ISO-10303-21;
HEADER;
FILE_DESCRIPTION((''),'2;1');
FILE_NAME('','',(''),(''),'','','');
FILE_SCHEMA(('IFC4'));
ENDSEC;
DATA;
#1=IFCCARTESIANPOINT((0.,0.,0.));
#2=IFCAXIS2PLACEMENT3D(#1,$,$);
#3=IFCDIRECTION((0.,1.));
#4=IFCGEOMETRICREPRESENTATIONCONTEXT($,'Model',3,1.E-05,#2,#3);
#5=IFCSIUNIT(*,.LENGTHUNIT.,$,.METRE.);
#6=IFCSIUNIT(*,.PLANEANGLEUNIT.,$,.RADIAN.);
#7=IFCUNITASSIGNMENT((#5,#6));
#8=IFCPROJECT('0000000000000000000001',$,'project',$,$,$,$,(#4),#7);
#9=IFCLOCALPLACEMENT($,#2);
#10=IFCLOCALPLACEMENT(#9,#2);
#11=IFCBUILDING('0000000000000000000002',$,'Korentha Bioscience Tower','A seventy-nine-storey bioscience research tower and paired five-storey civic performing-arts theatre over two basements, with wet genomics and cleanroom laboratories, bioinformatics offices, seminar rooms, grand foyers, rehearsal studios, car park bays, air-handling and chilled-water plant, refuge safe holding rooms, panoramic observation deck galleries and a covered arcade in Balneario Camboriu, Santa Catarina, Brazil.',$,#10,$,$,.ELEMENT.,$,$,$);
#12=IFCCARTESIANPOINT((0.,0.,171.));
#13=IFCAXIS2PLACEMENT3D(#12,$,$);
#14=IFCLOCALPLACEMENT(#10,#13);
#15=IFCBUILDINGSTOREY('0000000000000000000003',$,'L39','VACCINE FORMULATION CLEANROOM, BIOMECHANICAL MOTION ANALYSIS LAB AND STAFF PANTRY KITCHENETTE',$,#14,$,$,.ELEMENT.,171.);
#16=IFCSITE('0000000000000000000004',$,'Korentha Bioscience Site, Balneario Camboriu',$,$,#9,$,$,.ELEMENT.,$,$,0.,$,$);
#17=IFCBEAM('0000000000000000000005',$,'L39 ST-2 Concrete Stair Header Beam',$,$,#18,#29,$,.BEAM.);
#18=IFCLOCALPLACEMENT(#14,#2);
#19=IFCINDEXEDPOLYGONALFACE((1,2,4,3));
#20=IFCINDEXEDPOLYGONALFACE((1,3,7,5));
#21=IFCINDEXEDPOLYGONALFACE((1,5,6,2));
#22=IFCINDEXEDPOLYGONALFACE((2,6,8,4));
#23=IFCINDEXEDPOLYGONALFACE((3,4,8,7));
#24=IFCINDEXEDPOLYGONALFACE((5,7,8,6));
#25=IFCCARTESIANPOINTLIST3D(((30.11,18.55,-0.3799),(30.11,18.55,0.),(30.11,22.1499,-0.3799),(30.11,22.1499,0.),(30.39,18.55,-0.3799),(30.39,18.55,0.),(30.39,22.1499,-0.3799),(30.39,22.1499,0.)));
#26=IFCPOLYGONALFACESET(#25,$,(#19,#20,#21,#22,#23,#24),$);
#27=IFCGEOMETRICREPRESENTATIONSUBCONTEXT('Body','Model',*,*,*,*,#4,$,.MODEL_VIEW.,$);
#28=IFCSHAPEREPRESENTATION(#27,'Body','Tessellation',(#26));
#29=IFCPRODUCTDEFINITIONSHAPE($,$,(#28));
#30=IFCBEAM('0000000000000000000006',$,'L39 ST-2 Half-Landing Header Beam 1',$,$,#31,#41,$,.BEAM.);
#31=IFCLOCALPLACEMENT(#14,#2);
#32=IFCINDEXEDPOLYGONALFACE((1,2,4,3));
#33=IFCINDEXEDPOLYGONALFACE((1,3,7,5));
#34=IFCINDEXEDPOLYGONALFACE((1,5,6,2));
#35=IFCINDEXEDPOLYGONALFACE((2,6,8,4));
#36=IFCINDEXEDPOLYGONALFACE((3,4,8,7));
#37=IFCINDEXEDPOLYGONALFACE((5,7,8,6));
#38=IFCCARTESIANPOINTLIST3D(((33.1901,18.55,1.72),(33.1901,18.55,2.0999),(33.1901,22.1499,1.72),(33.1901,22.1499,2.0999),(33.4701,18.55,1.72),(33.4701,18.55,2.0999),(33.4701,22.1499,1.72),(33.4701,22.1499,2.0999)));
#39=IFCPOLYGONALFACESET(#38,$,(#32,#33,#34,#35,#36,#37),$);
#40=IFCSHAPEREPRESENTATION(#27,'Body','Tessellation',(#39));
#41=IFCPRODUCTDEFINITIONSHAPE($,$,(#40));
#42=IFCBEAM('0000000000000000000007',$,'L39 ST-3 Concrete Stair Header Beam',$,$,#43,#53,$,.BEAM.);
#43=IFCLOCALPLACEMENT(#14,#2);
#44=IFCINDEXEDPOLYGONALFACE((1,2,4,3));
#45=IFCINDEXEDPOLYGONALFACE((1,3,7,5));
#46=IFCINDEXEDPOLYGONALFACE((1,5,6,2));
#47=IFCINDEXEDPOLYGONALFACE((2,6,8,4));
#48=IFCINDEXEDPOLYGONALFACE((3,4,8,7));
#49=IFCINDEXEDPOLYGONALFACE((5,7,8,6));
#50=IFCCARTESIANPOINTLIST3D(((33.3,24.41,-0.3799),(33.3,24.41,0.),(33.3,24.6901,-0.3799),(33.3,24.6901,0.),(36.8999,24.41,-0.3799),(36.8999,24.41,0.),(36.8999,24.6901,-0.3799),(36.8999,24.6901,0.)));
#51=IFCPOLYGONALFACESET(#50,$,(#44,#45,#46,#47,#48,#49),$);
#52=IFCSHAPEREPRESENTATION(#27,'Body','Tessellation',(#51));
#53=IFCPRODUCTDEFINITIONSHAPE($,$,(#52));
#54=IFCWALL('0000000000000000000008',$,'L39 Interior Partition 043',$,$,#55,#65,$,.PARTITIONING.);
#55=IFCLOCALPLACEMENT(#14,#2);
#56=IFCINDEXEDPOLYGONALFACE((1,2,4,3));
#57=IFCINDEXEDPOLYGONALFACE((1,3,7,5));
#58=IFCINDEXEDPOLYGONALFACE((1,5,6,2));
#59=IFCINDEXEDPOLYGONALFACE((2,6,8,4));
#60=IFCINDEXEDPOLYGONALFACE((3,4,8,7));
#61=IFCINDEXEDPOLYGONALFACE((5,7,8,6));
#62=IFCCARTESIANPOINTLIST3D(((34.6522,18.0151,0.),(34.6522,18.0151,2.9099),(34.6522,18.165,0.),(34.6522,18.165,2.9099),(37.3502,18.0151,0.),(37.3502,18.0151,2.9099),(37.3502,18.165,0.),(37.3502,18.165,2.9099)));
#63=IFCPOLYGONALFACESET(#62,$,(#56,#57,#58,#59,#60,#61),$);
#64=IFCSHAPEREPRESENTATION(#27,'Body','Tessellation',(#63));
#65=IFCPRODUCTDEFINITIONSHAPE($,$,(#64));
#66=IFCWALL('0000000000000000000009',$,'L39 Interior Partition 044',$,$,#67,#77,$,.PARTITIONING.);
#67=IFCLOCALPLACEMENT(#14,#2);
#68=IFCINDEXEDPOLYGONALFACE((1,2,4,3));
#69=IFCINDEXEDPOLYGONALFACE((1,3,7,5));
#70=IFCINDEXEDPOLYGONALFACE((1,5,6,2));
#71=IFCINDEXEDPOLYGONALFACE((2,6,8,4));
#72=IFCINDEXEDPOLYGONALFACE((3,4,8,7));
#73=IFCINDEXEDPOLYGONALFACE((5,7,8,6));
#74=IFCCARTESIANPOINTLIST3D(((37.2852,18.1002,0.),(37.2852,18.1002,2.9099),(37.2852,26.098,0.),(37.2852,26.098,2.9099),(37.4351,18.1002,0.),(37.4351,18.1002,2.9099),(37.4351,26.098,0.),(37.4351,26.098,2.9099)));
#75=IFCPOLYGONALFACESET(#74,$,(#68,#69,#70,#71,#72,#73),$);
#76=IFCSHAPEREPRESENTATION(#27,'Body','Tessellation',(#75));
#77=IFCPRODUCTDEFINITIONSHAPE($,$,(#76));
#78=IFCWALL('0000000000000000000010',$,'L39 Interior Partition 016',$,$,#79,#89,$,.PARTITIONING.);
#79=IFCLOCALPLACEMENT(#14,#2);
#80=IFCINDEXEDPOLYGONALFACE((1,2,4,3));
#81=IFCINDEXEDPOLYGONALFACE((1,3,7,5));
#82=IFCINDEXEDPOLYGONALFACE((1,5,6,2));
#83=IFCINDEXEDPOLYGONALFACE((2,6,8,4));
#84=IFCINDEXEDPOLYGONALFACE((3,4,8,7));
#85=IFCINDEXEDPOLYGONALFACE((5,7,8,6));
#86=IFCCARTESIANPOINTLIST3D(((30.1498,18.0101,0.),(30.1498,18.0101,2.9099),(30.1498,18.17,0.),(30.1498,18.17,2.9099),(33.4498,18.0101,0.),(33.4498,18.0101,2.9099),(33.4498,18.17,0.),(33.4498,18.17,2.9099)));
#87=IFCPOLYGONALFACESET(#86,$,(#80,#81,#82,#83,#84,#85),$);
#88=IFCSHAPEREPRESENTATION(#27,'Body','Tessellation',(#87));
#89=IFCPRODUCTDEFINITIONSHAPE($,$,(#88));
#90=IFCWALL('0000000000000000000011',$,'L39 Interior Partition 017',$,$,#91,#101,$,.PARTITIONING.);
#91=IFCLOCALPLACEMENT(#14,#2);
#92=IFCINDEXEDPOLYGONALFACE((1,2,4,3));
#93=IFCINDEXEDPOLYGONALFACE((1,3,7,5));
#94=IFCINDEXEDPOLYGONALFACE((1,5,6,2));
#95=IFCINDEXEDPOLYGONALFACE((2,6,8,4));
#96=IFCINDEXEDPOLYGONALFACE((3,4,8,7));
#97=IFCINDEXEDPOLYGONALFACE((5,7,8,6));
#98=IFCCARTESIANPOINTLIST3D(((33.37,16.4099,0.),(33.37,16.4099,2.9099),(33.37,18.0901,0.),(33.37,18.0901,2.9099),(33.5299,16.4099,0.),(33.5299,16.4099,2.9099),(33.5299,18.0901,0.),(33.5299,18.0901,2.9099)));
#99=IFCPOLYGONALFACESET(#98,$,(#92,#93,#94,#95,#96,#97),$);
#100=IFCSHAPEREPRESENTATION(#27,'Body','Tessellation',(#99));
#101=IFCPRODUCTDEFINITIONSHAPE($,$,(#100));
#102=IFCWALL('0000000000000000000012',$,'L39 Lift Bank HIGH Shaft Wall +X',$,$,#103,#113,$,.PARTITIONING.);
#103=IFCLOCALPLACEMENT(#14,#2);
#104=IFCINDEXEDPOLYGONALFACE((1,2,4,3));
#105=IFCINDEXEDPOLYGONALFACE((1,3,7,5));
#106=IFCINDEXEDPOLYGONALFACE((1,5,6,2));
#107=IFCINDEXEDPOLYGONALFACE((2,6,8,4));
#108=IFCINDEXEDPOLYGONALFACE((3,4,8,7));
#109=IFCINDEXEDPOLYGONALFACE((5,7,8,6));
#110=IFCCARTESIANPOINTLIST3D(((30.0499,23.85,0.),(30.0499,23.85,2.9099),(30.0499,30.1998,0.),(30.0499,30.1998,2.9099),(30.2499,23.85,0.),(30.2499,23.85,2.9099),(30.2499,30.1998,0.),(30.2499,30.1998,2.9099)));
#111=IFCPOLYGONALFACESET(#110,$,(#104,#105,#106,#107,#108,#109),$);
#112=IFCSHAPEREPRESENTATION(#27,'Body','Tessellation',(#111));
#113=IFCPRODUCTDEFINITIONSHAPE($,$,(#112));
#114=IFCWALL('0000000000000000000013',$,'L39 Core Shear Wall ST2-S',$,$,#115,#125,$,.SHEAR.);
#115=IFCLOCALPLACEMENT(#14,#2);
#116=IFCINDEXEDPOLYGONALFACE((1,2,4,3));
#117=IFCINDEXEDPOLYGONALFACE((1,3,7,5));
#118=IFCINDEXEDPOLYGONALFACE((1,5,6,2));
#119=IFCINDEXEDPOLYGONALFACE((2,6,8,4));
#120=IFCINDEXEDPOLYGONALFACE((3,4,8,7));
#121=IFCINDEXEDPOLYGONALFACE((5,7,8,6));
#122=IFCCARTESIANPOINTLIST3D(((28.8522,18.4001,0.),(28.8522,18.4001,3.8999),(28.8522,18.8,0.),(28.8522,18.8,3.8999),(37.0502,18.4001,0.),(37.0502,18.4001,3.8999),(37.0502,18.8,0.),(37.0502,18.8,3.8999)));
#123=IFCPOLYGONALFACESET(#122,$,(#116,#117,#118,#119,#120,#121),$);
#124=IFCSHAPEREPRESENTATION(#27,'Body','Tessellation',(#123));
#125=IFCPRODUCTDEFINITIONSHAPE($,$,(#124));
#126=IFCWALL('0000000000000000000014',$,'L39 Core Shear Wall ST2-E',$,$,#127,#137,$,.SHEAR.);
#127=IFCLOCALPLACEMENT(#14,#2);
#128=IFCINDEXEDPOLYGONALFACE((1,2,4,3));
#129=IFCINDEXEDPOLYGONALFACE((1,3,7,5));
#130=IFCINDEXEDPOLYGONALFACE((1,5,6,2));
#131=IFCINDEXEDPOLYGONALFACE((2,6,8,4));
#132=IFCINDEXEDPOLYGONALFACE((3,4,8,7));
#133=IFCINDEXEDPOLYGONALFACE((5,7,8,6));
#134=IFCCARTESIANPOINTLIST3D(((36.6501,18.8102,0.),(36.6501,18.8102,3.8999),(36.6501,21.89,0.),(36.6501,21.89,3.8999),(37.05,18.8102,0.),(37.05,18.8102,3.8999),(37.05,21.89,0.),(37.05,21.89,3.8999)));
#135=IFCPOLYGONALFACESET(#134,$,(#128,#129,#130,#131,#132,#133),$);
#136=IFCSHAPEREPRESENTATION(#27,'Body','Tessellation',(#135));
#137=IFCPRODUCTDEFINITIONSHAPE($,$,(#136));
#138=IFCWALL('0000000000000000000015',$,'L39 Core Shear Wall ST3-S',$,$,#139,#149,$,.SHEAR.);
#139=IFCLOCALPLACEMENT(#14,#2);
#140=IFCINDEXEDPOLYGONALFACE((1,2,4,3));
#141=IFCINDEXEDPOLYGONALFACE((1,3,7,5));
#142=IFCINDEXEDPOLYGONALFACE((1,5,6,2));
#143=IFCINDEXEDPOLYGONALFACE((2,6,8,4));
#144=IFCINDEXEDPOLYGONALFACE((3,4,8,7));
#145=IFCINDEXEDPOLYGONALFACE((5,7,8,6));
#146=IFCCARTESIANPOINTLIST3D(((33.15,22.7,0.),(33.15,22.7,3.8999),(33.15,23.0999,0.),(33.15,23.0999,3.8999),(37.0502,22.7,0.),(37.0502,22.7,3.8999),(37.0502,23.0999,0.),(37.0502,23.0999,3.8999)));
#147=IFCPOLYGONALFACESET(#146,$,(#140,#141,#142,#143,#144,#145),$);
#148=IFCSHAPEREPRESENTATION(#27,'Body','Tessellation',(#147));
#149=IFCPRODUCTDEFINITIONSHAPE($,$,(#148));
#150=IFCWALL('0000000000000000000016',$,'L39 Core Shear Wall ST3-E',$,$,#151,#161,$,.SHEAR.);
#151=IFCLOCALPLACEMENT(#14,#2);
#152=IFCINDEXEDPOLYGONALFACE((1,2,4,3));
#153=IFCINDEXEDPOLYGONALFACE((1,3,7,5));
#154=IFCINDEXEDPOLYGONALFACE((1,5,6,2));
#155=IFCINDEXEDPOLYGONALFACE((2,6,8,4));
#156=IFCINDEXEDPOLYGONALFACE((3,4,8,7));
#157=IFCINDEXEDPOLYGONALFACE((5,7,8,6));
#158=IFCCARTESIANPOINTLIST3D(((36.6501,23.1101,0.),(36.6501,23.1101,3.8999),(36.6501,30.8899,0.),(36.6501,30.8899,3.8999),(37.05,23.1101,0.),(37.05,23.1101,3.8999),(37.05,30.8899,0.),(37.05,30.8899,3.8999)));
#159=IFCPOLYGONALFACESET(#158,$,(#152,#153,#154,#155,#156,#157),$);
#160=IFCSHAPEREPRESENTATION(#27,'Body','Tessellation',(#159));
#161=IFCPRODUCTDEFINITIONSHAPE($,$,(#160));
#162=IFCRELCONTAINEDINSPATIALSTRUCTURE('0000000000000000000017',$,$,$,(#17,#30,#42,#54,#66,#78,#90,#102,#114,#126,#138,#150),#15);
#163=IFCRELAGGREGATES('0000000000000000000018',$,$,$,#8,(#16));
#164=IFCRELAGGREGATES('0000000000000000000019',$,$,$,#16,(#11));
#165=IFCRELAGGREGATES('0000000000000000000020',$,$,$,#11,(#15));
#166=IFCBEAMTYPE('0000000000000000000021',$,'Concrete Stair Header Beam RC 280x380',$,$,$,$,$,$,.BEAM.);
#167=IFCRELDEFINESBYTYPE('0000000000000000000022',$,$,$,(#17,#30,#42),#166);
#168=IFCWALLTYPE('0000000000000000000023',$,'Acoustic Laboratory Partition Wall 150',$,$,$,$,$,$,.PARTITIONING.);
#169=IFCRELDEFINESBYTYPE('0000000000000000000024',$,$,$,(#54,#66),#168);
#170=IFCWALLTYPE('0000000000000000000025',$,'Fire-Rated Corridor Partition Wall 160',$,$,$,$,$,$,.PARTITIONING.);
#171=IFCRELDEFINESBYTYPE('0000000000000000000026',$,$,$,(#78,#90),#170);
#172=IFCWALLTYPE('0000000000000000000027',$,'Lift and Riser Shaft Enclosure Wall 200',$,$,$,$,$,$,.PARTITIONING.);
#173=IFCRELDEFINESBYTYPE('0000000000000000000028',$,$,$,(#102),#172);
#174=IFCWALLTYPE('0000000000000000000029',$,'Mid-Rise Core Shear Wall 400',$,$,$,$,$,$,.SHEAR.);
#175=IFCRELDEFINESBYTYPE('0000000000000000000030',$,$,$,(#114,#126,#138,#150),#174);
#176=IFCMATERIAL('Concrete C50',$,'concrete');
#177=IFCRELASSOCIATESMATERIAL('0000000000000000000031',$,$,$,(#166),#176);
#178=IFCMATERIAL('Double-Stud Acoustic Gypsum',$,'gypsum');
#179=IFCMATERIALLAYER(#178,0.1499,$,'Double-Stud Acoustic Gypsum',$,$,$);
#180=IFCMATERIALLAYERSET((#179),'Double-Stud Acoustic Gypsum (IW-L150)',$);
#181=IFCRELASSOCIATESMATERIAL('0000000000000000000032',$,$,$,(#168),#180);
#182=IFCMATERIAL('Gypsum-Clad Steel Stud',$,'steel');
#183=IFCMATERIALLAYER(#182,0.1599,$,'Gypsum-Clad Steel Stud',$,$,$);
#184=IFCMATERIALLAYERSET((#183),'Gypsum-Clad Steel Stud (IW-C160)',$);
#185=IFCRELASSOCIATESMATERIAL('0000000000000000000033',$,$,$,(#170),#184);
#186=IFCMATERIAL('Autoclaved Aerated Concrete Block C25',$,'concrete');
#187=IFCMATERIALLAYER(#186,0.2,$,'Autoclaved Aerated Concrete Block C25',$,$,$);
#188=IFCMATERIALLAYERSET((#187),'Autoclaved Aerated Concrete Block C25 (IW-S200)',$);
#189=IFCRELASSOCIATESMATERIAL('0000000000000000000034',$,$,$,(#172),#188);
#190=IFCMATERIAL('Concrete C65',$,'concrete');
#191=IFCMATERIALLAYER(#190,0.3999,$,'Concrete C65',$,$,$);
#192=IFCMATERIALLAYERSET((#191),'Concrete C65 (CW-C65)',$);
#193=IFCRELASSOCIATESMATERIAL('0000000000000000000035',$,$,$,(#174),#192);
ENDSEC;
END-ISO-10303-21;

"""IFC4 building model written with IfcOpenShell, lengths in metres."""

from ifc_helpers import new_model, si_unit, direction, frame, frame_2d, origin, origin_2d, place, context, subcontext, project, spatial, rectangle, extrude, material, layer, layer_set, material_profile, profile_set, type_object, element, save


model = new_model("IFC4")

# Units and contexts
model_context = context("Model", 3, precision=1e-05, world=origin(), true_north=direction((0.0, 1.0)))
body_context = subcontext(model_context, "Body", "Model", "MODEL_VIEW")
ifc_project = project(units=[si_unit("LENGTHUNIT", "METRE"), si_unit("PLANEANGLEUNIT", "RADIAN")], contexts=[model_context])

# Site, building, storey
site_placement = place(None, origin())
site = spatial("IfcSite", under=ifc_project, at=site_placement, Name="Korentha Bioscience Site, Balneario Camboriu", CompositionType="ELEMENT", RefElevation=0.0)
building_placement = place(site_placement, origin())
building = spatial("IfcBuilding", under=site, at=building_placement, Name="Korentha Bioscience Tower", Description="A seventy-nine-storey bioscience research tower and paired five-storey civic performing-arts theatre over two basements, with wet genomics and cleanroom laboratories, bioinformatics offices, seminar rooms, grand foyers, rehearsal studios, car park bays, air-handling and chilled-water plant, refuge safe holding rooms, panoramic observation deck galleries and a covered arcade in Balneario Camboriu, Santa Catarina, Brazil.", CompositionType="ELEMENT")
storey_placement = place(building_placement, frame((0.0, 0.0, 171.0)))
storey = spatial("IfcBuildingStorey", under=building, at=storey_placement, Name="L39", Description="VACCINE FORMULATION CLEANROOM, BIOMECHANICAL MOTION ANALYSIS LAB AND STAFF PANTRY KITCHENETTE", CompositionType="ELEMENT", Elevation=171.0)

# Beams
ifc_material_1 = material(Name="Concrete C50", Category="concrete")
ifc_material_profile = material_profile(ifc_material_1, rectangle(XDim=0.28, YDim=0.3799, at=origin_2d()), Name="Concrete C50")
ifc_profile_set = profile_set([ifc_material_profile], Name="Concrete C50 (ST-HB380)")
beam_type = type_object("IfcBeamType", Name="Concrete Stair Header Beam RC 280x380", PredefinedType="BEAM", material=ifc_profile_set)
for number, where, z_axis, x_axis, name in (
    (1, (30.25, 18.55, -0.1899), (0.0, 1.0, 0.0), (-1.0, 0.0, 0.0), "L39 ST-2 Concrete Stair Header Beam"),
    (2, (33.3301, 18.55, 1.9099), (0.0, 1.0, 0.0), (-1.0, 0.0, 0.0), "L39 ST-2 Half-Landing Header Beam 1"),
    (3, (36.8999, 24.55, -0.1899), (-1.0, 0.0, 0.0), (0.0, -1.0, 0.0), "L39 ST-3 Concrete Stair Header Beam"),
):
    element("IfcBeam", number, at=place(storey_placement, frame(where, z_axis=z_axis, x_axis=x_axis)), inside=storey, type_object=beam_type, Name=name, PredefinedType="BEAM", context=body_context, shape_type="SweptSolid", body=[
        extrude(rectangle(XDim=0.28, YDim=0.3799, at=origin_2d()), origin(), (0.0, 0.0, 1.0), 3.5999),
    ])

# Walls
ifc_material_2 = material(Name="Double-Stud Acoustic Gypsum", Category="gypsum")
ifc_layer_1 = layer(ifc_material_2, 0.1499, Name="Double-Stud Acoustic Gypsum")
ifc_layer_set_1 = layer_set([ifc_layer_1], Name="Double-Stud Acoustic Gypsum (IW-L150)")
wall_type_1 = type_object("IfcWallType", Name="Acoustic Laboratory Partition Wall 150", PredefinedType="PARTITIONING", material=ifc_layer_set_1)
wall_1_placement = place(storey_placement, frame((34.6521, 18.0901, 0.0), z_axis=(0.0, 0.0, 1.0), x_axis=(1.0, 0.0, 0.0)))
element("IfcWall", 4, at=wall_1_placement, inside=storey, type_object=wall_type_1, Name="L39 Interior Partition 043", PredefinedType="PARTITIONING", context=body_context, shape_type="SweptSolid", body=[
    extrude(rectangle(XDim=2.698, YDim=0.1499, at=frame_2d((1.3491, 0.0))), origin(), (0.0, 0.0, 1.0), 2.9099),
])
wall_2_placement = place(storey_placement, frame((37.3601, 18.1001, 0.0), z_axis=(0.0, 0.0, 1.0), x_axis=(0.0, 1.0, 0.0)))
element("IfcWall", 5, at=wall_2_placement, inside=storey, type_object=wall_type_1, Name="L39 Interior Partition 044", PredefinedType="PARTITIONING", context=body_context, shape_type="SweptSolid", body=[
    extrude(rectangle(XDim=7.9978, YDim=0.1499, at=frame_2d((3.999, 0.0))), origin(), (0.0, 0.0, 1.0), 2.9099),
])
ifc_material_3 = material(Name="Gypsum-Clad Steel Stud", Category="steel")
ifc_layer_2 = layer(ifc_material_3, 0.1599, Name="Gypsum-Clad Steel Stud")
ifc_layer_set_2 = layer_set([ifc_layer_2], Name="Gypsum-Clad Steel Stud (IW-C160)")
wall_type_2 = type_object("IfcWallType", Name="Fire-Rated Corridor Partition Wall 160", PredefinedType="PARTITIONING", material=ifc_layer_set_2)
wall_3_placement = place(storey_placement, frame((30.1499, 18.0901, 0.0), z_axis=(0.0, 0.0, 1.0), x_axis=(1.0, 0.0, 0.0)))
element("IfcWall", 6, at=wall_3_placement, inside=storey, type_object=wall_type_2, Name="L39 Interior Partition 016", PredefinedType="PARTITIONING", context=body_context, shape_type="SweptSolid", body=[
    extrude(rectangle(XDim=3.3, YDim=0.1599, at=frame_2d((1.6499, 0.0))), origin(), (0.0, 0.0, 1.0), 2.9099),
])
wall_4_placement = place(storey_placement, frame((33.45, 18.0901, 0.0), z_axis=(0.0, 0.0, 1.0), x_axis=(0.0, -1.0, 0.0)))
element("IfcWall", 7, at=wall_4_placement, inside=storey, type_object=wall_type_2, Name="L39 Interior Partition 017", PredefinedType="PARTITIONING", context=body_context, shape_type="SweptSolid", body=[
    extrude(rectangle(XDim=1.6802, YDim=0.1599, at=frame_2d((0.8401, 0.0))), origin(), (0.0, 0.0, 1.0), 2.9099),
])
ifc_material_4 = material(Name="Autoclaved Aerated Concrete Block C25", Category="concrete")
ifc_layer_3 = layer(ifc_material_4, 0.2, Name="Autoclaved Aerated Concrete Block C25")
ifc_layer_set_3 = layer_set([ifc_layer_3], Name="Autoclaved Aerated Concrete Block C25 (IW-S200)")
wall_type_3 = type_object("IfcWallType", Name="Lift and Riser Shaft Enclosure Wall 200", PredefinedType="PARTITIONING", material=ifc_layer_set_3)
wall_5_placement = place(storey_placement, frame((30.1499, 23.8501, 0.0), z_axis=(0.0, 0.0, 1.0), x_axis=(0.0, 1.0, 0.0)))
element("IfcWall", 8, at=wall_5_placement, inside=storey, type_object=wall_type_3, Name="L39 Lift Bank HIGH Shaft Wall +X", PredefinedType="PARTITIONING", context=body_context, shape_type="SweptSolid", body=[
    extrude(rectangle(XDim=6.3499, YDim=0.2, at=frame_2d((3.1748, 0.0))), origin(), (0.0, 0.0, 1.0), 2.9099),
])
ifc_material_5 = material(Name="Concrete C65", Category="concrete")
ifc_layer_4 = layer(ifc_material_5, 0.3999, Name="Concrete C65")
ifc_layer_set_4 = layer_set([ifc_layer_4], Name="Concrete C65 (CW-C65)")
wall_type_4 = type_object("IfcWallType", Name="Mid-Rise Core Shear Wall 400", PredefinedType="SHEAR", material=ifc_layer_set_4)
wall_6_placement = place(storey_placement, frame((28.8521, 18.6001, 0.0), z_axis=(0.0, 0.0, 1.0), x_axis=(1.0, 0.0, 0.0)))
element("IfcWall", 9, at=wall_6_placement, inside=storey, type_object=wall_type_4, Name="L39 Core Shear Wall ST2-S", PredefinedType="SHEAR", context=body_context, shape_type="SweptSolid", body=[
    extrude(rectangle(XDim=8.198, YDim=0.3999, at=frame_2d((4.0991, 0.0))), origin(), (0.0, 0.0, 1.0), 3.8999),
])
wall_7_placement = place(storey_placement, frame((36.8501, 18.8101, 0.0), z_axis=(0.0, 0.0, 1.0), x_axis=(0.0, 1.0, 0.0)))
element("IfcWall", 10, at=wall_7_placement, inside=storey, type_object=wall_type_4, Name="L39 Core Shear Wall ST2-E", PredefinedType="SHEAR", context=body_context, shape_type="SweptSolid", body=[
    extrude(rectangle(XDim=3.0798, YDim=0.3999, at=frame_2d((1.54, 0.0))), origin(), (0.0, 0.0, 1.0), 3.8999),
])
wall_8_placement = place(storey_placement, frame((33.1499, 22.8999, 0.0), z_axis=(0.0, 0.0, 1.0), x_axis=(1.0, 0.0, 0.0)))
element("IfcWall", 11, at=wall_8_placement, inside=storey, type_object=wall_type_4, Name="L39 Core Shear Wall ST3-S", PredefinedType="SHEAR", context=body_context, shape_type="SweptSolid", body=[
    extrude(rectangle(XDim=3.9001, YDim=0.3999, at=frame_2d((1.9502, 0.0))), origin(), (0.0, 0.0, 1.0), 3.8999),
])
wall_9_placement = place(storey_placement, frame((36.8501, 23.1101, 0.0), z_axis=(0.0, 0.0, 1.0), x_axis=(0.0, 1.0, 0.0)))
element("IfcWall", 12, at=wall_9_placement, inside=storey, type_object=wall_type_4, Name="L39 Core Shear Wall ST3-E", PredefinedType="SHEAR", context=body_context, shape_type="SweptSolid", body=[
    extrude(rectangle(XDim=7.7798, YDim=0.3999, at=frame_2d((3.8899, 0.0))), origin(), (0.0, 0.0, 1.0), 3.8999),
])

save(model, "model.ifc")
